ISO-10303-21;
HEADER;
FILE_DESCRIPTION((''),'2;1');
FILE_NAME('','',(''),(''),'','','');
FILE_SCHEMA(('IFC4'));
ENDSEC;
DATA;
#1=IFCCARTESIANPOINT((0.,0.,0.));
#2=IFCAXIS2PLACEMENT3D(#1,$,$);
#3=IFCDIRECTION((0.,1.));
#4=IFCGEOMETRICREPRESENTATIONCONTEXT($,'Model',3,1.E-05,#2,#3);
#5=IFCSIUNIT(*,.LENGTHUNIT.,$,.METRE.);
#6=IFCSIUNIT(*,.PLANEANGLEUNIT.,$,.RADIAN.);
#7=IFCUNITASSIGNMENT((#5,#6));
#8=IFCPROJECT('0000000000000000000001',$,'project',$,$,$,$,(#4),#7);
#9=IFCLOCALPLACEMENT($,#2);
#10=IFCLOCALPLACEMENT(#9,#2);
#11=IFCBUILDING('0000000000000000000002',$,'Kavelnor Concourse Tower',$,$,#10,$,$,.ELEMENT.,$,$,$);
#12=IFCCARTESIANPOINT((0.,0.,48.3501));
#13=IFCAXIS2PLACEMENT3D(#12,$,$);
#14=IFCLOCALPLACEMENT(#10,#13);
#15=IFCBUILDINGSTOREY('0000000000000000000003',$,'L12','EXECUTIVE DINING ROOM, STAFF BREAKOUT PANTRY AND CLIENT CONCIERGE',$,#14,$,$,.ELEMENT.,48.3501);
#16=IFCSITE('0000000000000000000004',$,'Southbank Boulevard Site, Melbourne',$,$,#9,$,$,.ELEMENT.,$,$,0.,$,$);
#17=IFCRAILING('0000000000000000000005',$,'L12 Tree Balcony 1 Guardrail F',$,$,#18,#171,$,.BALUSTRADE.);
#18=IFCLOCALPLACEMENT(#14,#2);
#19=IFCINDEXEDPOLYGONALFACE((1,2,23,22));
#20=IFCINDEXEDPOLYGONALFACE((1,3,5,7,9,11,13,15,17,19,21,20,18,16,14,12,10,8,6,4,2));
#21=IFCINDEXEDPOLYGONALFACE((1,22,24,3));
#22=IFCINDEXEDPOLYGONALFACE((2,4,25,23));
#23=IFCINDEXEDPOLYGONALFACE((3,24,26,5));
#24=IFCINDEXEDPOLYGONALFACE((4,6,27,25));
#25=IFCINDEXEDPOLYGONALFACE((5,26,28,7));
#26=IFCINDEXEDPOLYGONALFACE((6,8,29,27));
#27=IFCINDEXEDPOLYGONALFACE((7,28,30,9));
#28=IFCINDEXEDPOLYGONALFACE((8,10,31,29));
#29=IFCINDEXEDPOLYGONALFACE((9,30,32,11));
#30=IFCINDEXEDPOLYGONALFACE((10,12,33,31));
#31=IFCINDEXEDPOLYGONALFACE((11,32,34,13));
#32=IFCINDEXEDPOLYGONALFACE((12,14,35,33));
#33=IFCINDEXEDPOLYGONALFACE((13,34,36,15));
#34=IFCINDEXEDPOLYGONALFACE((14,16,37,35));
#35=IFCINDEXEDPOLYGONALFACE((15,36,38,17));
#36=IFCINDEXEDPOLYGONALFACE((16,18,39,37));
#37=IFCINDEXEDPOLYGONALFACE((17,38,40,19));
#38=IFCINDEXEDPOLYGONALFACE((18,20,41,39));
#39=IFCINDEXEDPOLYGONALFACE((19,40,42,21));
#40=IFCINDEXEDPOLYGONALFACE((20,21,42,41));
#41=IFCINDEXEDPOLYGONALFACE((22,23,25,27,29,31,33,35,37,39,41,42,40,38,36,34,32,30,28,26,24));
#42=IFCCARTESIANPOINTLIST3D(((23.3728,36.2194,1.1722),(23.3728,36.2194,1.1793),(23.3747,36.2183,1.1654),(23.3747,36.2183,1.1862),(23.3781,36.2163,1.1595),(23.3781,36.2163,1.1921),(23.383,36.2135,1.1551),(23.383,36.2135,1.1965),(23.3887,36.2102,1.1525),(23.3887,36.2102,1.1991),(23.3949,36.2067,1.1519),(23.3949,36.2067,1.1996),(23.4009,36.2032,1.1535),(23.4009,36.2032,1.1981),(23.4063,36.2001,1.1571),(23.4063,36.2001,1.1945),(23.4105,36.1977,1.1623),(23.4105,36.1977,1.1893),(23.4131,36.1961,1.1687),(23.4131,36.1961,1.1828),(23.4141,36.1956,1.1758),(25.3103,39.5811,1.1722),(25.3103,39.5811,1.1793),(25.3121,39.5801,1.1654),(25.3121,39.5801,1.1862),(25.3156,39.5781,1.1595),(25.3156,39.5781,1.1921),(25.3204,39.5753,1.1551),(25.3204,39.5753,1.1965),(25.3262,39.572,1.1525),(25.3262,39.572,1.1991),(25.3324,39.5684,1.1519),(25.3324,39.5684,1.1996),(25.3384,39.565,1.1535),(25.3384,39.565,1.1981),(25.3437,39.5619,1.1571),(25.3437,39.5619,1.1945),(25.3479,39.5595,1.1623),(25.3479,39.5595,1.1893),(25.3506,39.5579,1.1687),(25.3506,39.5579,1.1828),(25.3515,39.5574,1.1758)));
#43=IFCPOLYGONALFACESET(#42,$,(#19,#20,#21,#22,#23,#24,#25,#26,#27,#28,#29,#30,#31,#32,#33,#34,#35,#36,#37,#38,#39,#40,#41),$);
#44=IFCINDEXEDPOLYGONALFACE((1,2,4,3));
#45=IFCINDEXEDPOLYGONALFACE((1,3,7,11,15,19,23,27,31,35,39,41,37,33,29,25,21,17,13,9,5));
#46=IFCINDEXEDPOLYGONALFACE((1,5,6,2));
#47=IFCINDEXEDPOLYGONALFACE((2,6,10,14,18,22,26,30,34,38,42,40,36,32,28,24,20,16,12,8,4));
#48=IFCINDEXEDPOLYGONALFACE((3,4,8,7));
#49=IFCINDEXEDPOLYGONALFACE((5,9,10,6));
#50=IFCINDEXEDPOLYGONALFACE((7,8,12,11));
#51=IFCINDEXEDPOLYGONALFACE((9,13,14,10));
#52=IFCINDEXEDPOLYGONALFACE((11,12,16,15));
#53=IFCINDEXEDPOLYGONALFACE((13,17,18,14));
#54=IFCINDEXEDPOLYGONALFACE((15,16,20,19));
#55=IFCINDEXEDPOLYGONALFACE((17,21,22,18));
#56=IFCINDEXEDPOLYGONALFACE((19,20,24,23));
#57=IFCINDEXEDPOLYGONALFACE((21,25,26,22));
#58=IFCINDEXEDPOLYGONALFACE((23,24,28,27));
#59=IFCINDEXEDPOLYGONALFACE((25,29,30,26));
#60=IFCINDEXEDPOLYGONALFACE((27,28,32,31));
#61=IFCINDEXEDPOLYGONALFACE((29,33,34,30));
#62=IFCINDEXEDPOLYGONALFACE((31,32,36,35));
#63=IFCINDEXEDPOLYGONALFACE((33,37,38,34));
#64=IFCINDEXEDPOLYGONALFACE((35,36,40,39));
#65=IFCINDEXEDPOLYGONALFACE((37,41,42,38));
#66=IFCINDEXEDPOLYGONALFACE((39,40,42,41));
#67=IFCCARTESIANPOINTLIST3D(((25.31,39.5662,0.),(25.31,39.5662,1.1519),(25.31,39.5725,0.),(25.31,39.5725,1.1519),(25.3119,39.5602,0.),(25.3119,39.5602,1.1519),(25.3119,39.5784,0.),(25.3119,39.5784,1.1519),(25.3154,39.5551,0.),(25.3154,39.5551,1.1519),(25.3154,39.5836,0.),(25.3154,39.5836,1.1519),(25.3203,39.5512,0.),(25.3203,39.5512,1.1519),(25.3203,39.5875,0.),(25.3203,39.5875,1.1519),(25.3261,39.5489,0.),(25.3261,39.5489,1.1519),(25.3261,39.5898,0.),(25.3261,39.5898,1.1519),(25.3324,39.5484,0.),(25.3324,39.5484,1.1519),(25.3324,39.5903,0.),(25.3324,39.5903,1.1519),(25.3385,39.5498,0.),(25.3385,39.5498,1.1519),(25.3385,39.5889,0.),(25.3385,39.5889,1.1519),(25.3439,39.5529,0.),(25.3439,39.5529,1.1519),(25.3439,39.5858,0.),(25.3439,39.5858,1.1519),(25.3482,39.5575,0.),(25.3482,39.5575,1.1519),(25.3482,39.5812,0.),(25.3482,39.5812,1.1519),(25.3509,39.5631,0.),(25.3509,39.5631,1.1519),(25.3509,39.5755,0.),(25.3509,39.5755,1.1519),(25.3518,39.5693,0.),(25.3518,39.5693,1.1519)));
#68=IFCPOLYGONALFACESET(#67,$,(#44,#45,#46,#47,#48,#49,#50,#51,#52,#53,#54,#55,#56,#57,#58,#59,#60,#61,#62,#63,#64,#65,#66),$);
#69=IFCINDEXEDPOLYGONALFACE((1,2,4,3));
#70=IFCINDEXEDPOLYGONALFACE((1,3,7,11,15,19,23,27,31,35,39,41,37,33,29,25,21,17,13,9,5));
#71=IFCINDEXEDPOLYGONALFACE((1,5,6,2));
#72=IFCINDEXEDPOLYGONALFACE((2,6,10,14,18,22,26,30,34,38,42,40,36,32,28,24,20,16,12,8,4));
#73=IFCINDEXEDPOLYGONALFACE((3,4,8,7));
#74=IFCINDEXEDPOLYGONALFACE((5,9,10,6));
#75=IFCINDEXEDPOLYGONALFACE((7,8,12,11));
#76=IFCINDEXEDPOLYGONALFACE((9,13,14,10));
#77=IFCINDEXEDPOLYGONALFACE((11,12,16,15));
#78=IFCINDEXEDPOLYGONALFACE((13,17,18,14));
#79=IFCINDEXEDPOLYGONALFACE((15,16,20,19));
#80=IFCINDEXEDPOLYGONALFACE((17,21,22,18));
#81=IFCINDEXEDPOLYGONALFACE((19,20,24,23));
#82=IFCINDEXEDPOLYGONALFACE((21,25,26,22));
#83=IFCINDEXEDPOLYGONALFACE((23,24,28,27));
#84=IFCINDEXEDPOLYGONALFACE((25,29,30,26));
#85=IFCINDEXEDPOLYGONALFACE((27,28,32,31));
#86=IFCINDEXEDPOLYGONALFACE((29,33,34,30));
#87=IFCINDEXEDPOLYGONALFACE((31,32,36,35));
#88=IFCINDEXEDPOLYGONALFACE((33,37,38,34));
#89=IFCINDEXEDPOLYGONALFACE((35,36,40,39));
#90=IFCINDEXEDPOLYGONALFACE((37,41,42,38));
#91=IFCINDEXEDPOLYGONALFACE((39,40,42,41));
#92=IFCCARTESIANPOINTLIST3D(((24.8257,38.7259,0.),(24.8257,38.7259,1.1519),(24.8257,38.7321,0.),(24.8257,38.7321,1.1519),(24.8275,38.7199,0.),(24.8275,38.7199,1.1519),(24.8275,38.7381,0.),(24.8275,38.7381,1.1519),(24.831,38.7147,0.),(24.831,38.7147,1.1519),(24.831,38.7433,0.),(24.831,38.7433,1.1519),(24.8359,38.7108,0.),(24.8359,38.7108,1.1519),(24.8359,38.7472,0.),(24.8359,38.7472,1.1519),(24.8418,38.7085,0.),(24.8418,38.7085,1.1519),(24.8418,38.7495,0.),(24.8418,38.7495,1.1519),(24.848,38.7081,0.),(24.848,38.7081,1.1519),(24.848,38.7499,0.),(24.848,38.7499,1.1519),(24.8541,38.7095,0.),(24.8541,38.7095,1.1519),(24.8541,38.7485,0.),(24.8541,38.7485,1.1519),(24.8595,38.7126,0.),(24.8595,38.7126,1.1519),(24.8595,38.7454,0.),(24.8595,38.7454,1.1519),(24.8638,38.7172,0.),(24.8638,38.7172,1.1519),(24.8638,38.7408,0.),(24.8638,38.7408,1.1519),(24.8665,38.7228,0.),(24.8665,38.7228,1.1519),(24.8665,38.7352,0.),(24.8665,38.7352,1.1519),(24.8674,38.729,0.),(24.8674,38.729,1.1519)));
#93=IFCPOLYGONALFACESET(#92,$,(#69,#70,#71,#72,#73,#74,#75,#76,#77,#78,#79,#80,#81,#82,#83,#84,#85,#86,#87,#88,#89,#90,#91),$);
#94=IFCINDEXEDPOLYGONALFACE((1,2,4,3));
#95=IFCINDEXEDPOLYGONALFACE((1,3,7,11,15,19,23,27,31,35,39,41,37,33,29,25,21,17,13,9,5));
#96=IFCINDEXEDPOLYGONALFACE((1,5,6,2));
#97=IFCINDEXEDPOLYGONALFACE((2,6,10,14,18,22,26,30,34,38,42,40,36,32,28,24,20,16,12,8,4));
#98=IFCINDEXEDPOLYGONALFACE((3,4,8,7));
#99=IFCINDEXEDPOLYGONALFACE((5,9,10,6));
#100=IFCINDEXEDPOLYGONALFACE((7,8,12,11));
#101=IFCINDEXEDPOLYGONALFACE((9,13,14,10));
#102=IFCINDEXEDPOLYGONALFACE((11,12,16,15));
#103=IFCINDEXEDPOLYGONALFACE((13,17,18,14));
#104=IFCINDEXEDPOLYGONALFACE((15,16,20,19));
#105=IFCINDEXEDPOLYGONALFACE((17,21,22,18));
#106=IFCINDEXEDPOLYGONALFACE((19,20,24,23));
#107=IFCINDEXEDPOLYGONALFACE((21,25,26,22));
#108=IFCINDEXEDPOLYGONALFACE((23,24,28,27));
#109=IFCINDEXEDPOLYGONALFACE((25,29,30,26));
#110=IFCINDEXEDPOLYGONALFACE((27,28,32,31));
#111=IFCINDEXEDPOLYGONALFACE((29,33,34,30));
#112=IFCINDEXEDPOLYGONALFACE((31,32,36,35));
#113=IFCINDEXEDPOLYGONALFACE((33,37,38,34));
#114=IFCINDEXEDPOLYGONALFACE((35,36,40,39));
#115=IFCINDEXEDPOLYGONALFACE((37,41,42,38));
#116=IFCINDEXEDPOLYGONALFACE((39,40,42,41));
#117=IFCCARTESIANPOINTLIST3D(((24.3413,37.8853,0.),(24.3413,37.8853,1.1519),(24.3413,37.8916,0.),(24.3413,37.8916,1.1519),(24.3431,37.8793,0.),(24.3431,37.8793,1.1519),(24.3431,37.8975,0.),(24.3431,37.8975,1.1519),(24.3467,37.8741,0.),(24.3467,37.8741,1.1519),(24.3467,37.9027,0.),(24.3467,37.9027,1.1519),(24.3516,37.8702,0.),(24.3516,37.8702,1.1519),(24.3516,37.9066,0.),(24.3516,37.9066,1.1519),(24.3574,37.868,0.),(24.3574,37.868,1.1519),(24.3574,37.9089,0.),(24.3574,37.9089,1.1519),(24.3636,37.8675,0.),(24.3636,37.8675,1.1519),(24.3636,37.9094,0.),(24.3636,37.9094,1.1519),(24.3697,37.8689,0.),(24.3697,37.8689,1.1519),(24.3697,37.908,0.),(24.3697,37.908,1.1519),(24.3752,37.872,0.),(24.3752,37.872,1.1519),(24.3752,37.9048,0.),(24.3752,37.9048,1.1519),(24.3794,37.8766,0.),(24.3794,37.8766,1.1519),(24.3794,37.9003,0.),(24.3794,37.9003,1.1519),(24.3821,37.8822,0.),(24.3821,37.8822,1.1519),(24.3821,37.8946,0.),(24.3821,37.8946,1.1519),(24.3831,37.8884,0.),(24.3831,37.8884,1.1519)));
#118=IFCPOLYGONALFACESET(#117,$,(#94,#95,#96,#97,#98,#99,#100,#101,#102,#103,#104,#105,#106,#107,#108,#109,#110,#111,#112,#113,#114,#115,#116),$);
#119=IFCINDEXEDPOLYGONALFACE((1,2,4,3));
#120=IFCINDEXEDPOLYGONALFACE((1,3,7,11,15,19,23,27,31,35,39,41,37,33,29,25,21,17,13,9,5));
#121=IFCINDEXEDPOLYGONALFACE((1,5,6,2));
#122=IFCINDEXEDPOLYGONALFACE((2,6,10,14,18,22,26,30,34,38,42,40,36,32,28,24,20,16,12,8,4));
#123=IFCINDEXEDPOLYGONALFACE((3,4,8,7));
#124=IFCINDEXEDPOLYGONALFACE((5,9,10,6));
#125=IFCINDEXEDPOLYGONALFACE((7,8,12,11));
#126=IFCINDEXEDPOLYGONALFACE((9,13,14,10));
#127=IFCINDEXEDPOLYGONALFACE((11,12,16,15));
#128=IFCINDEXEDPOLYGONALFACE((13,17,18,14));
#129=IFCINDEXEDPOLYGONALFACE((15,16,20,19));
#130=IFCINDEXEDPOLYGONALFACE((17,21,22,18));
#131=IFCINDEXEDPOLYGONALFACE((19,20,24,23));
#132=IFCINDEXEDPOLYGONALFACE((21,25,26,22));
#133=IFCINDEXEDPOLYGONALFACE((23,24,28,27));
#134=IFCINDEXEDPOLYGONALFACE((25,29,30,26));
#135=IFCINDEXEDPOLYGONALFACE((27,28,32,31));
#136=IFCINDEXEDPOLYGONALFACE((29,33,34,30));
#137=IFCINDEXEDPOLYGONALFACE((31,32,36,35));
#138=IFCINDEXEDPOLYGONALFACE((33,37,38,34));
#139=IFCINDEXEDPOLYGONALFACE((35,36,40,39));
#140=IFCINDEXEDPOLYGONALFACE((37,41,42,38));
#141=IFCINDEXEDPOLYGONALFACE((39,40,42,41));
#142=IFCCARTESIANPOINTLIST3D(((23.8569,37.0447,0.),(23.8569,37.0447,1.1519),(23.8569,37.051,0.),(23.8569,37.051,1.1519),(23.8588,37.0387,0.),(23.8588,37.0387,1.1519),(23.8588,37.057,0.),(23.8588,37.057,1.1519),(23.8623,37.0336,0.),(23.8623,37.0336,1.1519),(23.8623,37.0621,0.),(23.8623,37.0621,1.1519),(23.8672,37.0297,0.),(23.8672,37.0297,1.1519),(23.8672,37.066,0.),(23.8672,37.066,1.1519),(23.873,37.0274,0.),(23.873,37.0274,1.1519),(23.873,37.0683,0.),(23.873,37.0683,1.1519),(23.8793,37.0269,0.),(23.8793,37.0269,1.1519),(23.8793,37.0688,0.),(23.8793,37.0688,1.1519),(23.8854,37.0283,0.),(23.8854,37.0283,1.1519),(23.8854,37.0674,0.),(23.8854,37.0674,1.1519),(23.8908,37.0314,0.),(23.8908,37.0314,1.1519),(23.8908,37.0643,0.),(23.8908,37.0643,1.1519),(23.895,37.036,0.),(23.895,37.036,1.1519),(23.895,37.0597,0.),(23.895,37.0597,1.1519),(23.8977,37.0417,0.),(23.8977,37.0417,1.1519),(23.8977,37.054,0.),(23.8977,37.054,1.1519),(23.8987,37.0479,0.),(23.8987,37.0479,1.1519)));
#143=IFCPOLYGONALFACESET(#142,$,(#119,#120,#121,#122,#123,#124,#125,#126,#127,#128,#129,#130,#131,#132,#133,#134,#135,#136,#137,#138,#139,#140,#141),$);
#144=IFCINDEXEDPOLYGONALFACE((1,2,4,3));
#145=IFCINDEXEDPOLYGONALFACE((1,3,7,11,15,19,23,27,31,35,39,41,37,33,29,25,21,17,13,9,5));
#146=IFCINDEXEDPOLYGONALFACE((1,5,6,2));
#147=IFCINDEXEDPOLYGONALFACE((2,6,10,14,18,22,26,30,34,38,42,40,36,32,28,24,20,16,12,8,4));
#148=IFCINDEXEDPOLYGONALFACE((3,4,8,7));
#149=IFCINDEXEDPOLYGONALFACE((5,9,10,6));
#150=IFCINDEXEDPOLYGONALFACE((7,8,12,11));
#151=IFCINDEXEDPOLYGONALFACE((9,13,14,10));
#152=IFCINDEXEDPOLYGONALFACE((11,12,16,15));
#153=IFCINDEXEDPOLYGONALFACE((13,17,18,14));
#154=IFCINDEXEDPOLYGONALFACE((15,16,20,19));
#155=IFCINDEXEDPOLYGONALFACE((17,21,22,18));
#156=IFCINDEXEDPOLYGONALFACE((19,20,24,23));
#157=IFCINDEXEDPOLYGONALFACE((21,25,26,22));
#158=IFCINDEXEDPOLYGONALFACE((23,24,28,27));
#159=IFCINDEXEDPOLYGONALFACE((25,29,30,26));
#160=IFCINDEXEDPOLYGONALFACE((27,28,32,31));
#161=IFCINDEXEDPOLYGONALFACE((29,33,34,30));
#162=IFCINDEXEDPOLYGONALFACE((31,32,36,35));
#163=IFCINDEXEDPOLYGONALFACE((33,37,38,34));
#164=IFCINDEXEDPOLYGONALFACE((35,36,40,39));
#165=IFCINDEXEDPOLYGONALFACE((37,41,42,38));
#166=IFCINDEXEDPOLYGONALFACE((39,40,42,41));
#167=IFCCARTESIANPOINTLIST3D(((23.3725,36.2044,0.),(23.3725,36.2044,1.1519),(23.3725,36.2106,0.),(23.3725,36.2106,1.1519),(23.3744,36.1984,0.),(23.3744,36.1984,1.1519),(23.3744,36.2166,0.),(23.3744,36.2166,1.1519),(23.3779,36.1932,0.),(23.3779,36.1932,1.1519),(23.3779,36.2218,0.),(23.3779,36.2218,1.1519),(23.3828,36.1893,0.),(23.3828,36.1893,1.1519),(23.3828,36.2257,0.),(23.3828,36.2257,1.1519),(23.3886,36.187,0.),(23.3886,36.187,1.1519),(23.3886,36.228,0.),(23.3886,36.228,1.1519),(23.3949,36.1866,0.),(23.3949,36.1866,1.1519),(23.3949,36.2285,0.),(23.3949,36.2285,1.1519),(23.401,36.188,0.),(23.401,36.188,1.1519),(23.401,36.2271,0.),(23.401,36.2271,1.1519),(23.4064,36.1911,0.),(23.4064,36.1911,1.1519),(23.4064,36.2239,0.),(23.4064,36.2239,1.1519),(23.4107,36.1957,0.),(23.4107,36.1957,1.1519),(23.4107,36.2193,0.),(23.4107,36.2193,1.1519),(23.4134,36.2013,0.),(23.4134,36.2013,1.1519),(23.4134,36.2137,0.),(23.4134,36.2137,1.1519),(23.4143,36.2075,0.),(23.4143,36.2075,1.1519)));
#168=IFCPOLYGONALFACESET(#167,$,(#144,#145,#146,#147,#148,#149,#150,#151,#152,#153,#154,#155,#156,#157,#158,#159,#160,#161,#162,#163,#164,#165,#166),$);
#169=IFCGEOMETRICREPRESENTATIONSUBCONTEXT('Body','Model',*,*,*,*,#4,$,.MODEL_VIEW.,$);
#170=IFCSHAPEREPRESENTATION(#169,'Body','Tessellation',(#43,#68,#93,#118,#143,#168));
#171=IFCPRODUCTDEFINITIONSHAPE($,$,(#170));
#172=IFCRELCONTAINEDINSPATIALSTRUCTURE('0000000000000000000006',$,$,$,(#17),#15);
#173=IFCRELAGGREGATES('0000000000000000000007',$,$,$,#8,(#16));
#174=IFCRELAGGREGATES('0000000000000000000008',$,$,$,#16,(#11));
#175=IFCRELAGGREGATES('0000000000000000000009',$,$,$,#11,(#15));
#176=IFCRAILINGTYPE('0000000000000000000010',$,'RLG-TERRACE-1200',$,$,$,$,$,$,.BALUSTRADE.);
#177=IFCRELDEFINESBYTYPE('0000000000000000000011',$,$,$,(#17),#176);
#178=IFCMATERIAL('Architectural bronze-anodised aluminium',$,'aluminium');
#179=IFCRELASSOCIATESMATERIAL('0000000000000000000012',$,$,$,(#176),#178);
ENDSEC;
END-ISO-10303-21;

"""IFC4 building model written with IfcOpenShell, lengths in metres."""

from ifc_helpers import new_model, si_unit, direction, frame, origin, origin_2d, place, context, subcontext, project, spatial, circle, extrude, material, type_object, element, save


model = new_model("IFC4")

# Units and contexts
model_context = context("Model", 3, precision=1e-05, world=origin(), true_north=direction((0.0, 1.0)))
body_context = subcontext(model_context, "Body", "Model", "MODEL_VIEW")
ifc_project = project(units=[si_unit("LENGTHUNIT", "METRE"), si_unit("PLANEANGLEUNIT", "RADIAN")], contexts=[model_context])

# Site, building, storey
site_placement = place(None, origin())
site = spatial("IfcSite", under=ifc_project, at=site_placement, Name="Southbank Boulevard Site, Melbourne", CompositionType="ELEMENT", RefElevation=0.0)
building_placement = place(site_placement, origin())
building = spatial("IfcBuilding", under=site, at=building_placement, Name="Kavelnor Concourse Tower", CompositionType="ELEMENT")
storey_placement = place(building_placement, frame((0.0, 0.0, 48.3501)))
storey = spatial("IfcBuildingStorey", under=building, at=storey_placement, Name="L12", Description="EXECUTIVE DINING ROOM, STAFF BREAKOUT PANTRY AND CLIENT CONCIERGE", CompositionType="ELEMENT", Elevation=48.3501)

# Railing
ifc_material_1 = material(Name="Architectural bronze-anodised aluminium", Category="aluminium")
railing_type = type_object("IfcRailingType", Name="RLG-TERRACE-1200", PredefinedType="BALUSTRADE", material=ifc_material_1)
railing_1_placement = place(storey_placement, frame((25.3308, 39.5693, 0.0)))
element("IfcRailing", 1, at=railing_1_placement, inside=storey, type_object=railing_type, Name="L12 Tree Balcony 1 Guardrail F", PredefinedType="BALUSTRADE", context=body_context, shape_type="SweptSolid", body=[
    extrude(circle(Radius=0.0239, at=origin_2d()), frame((0.0, 0.0, 1.1758), z_axis=(-0.499334, -0.86641, 0.0), x_axis=(0.86641, -0.499334, 0.0)), (0.0, 0.0, 1.0), 3.8801),
    extrude(circle(Radius=0.021, at=origin_2d()), origin(), (0.0, 0.0, 1.0), 1.1519),
    extrude(circle(Radius=0.021, at=origin_2d()), frame((-0.4844, -0.8403, 0.0)), (0.0, 0.0, 1.0), 1.1519),
    extrude(circle(Radius=0.021, at=origin_2d()), frame((-0.9688, -1.6809, 0.0)), (0.0, 0.0, 1.0), 1.1519),
    extrude(circle(Radius=0.021, at=origin_2d()), frame((-1.4531, -2.5215, 0.0)), (0.0, 0.0, 1.0), 1.1519),
    extrude(circle(Radius=0.021, at=origin_2d()), frame((-1.9375, -3.3618, 0.0)), (0.0, 0.0, 1.0), 1.1519),
])

save(model, "model.ifc")
